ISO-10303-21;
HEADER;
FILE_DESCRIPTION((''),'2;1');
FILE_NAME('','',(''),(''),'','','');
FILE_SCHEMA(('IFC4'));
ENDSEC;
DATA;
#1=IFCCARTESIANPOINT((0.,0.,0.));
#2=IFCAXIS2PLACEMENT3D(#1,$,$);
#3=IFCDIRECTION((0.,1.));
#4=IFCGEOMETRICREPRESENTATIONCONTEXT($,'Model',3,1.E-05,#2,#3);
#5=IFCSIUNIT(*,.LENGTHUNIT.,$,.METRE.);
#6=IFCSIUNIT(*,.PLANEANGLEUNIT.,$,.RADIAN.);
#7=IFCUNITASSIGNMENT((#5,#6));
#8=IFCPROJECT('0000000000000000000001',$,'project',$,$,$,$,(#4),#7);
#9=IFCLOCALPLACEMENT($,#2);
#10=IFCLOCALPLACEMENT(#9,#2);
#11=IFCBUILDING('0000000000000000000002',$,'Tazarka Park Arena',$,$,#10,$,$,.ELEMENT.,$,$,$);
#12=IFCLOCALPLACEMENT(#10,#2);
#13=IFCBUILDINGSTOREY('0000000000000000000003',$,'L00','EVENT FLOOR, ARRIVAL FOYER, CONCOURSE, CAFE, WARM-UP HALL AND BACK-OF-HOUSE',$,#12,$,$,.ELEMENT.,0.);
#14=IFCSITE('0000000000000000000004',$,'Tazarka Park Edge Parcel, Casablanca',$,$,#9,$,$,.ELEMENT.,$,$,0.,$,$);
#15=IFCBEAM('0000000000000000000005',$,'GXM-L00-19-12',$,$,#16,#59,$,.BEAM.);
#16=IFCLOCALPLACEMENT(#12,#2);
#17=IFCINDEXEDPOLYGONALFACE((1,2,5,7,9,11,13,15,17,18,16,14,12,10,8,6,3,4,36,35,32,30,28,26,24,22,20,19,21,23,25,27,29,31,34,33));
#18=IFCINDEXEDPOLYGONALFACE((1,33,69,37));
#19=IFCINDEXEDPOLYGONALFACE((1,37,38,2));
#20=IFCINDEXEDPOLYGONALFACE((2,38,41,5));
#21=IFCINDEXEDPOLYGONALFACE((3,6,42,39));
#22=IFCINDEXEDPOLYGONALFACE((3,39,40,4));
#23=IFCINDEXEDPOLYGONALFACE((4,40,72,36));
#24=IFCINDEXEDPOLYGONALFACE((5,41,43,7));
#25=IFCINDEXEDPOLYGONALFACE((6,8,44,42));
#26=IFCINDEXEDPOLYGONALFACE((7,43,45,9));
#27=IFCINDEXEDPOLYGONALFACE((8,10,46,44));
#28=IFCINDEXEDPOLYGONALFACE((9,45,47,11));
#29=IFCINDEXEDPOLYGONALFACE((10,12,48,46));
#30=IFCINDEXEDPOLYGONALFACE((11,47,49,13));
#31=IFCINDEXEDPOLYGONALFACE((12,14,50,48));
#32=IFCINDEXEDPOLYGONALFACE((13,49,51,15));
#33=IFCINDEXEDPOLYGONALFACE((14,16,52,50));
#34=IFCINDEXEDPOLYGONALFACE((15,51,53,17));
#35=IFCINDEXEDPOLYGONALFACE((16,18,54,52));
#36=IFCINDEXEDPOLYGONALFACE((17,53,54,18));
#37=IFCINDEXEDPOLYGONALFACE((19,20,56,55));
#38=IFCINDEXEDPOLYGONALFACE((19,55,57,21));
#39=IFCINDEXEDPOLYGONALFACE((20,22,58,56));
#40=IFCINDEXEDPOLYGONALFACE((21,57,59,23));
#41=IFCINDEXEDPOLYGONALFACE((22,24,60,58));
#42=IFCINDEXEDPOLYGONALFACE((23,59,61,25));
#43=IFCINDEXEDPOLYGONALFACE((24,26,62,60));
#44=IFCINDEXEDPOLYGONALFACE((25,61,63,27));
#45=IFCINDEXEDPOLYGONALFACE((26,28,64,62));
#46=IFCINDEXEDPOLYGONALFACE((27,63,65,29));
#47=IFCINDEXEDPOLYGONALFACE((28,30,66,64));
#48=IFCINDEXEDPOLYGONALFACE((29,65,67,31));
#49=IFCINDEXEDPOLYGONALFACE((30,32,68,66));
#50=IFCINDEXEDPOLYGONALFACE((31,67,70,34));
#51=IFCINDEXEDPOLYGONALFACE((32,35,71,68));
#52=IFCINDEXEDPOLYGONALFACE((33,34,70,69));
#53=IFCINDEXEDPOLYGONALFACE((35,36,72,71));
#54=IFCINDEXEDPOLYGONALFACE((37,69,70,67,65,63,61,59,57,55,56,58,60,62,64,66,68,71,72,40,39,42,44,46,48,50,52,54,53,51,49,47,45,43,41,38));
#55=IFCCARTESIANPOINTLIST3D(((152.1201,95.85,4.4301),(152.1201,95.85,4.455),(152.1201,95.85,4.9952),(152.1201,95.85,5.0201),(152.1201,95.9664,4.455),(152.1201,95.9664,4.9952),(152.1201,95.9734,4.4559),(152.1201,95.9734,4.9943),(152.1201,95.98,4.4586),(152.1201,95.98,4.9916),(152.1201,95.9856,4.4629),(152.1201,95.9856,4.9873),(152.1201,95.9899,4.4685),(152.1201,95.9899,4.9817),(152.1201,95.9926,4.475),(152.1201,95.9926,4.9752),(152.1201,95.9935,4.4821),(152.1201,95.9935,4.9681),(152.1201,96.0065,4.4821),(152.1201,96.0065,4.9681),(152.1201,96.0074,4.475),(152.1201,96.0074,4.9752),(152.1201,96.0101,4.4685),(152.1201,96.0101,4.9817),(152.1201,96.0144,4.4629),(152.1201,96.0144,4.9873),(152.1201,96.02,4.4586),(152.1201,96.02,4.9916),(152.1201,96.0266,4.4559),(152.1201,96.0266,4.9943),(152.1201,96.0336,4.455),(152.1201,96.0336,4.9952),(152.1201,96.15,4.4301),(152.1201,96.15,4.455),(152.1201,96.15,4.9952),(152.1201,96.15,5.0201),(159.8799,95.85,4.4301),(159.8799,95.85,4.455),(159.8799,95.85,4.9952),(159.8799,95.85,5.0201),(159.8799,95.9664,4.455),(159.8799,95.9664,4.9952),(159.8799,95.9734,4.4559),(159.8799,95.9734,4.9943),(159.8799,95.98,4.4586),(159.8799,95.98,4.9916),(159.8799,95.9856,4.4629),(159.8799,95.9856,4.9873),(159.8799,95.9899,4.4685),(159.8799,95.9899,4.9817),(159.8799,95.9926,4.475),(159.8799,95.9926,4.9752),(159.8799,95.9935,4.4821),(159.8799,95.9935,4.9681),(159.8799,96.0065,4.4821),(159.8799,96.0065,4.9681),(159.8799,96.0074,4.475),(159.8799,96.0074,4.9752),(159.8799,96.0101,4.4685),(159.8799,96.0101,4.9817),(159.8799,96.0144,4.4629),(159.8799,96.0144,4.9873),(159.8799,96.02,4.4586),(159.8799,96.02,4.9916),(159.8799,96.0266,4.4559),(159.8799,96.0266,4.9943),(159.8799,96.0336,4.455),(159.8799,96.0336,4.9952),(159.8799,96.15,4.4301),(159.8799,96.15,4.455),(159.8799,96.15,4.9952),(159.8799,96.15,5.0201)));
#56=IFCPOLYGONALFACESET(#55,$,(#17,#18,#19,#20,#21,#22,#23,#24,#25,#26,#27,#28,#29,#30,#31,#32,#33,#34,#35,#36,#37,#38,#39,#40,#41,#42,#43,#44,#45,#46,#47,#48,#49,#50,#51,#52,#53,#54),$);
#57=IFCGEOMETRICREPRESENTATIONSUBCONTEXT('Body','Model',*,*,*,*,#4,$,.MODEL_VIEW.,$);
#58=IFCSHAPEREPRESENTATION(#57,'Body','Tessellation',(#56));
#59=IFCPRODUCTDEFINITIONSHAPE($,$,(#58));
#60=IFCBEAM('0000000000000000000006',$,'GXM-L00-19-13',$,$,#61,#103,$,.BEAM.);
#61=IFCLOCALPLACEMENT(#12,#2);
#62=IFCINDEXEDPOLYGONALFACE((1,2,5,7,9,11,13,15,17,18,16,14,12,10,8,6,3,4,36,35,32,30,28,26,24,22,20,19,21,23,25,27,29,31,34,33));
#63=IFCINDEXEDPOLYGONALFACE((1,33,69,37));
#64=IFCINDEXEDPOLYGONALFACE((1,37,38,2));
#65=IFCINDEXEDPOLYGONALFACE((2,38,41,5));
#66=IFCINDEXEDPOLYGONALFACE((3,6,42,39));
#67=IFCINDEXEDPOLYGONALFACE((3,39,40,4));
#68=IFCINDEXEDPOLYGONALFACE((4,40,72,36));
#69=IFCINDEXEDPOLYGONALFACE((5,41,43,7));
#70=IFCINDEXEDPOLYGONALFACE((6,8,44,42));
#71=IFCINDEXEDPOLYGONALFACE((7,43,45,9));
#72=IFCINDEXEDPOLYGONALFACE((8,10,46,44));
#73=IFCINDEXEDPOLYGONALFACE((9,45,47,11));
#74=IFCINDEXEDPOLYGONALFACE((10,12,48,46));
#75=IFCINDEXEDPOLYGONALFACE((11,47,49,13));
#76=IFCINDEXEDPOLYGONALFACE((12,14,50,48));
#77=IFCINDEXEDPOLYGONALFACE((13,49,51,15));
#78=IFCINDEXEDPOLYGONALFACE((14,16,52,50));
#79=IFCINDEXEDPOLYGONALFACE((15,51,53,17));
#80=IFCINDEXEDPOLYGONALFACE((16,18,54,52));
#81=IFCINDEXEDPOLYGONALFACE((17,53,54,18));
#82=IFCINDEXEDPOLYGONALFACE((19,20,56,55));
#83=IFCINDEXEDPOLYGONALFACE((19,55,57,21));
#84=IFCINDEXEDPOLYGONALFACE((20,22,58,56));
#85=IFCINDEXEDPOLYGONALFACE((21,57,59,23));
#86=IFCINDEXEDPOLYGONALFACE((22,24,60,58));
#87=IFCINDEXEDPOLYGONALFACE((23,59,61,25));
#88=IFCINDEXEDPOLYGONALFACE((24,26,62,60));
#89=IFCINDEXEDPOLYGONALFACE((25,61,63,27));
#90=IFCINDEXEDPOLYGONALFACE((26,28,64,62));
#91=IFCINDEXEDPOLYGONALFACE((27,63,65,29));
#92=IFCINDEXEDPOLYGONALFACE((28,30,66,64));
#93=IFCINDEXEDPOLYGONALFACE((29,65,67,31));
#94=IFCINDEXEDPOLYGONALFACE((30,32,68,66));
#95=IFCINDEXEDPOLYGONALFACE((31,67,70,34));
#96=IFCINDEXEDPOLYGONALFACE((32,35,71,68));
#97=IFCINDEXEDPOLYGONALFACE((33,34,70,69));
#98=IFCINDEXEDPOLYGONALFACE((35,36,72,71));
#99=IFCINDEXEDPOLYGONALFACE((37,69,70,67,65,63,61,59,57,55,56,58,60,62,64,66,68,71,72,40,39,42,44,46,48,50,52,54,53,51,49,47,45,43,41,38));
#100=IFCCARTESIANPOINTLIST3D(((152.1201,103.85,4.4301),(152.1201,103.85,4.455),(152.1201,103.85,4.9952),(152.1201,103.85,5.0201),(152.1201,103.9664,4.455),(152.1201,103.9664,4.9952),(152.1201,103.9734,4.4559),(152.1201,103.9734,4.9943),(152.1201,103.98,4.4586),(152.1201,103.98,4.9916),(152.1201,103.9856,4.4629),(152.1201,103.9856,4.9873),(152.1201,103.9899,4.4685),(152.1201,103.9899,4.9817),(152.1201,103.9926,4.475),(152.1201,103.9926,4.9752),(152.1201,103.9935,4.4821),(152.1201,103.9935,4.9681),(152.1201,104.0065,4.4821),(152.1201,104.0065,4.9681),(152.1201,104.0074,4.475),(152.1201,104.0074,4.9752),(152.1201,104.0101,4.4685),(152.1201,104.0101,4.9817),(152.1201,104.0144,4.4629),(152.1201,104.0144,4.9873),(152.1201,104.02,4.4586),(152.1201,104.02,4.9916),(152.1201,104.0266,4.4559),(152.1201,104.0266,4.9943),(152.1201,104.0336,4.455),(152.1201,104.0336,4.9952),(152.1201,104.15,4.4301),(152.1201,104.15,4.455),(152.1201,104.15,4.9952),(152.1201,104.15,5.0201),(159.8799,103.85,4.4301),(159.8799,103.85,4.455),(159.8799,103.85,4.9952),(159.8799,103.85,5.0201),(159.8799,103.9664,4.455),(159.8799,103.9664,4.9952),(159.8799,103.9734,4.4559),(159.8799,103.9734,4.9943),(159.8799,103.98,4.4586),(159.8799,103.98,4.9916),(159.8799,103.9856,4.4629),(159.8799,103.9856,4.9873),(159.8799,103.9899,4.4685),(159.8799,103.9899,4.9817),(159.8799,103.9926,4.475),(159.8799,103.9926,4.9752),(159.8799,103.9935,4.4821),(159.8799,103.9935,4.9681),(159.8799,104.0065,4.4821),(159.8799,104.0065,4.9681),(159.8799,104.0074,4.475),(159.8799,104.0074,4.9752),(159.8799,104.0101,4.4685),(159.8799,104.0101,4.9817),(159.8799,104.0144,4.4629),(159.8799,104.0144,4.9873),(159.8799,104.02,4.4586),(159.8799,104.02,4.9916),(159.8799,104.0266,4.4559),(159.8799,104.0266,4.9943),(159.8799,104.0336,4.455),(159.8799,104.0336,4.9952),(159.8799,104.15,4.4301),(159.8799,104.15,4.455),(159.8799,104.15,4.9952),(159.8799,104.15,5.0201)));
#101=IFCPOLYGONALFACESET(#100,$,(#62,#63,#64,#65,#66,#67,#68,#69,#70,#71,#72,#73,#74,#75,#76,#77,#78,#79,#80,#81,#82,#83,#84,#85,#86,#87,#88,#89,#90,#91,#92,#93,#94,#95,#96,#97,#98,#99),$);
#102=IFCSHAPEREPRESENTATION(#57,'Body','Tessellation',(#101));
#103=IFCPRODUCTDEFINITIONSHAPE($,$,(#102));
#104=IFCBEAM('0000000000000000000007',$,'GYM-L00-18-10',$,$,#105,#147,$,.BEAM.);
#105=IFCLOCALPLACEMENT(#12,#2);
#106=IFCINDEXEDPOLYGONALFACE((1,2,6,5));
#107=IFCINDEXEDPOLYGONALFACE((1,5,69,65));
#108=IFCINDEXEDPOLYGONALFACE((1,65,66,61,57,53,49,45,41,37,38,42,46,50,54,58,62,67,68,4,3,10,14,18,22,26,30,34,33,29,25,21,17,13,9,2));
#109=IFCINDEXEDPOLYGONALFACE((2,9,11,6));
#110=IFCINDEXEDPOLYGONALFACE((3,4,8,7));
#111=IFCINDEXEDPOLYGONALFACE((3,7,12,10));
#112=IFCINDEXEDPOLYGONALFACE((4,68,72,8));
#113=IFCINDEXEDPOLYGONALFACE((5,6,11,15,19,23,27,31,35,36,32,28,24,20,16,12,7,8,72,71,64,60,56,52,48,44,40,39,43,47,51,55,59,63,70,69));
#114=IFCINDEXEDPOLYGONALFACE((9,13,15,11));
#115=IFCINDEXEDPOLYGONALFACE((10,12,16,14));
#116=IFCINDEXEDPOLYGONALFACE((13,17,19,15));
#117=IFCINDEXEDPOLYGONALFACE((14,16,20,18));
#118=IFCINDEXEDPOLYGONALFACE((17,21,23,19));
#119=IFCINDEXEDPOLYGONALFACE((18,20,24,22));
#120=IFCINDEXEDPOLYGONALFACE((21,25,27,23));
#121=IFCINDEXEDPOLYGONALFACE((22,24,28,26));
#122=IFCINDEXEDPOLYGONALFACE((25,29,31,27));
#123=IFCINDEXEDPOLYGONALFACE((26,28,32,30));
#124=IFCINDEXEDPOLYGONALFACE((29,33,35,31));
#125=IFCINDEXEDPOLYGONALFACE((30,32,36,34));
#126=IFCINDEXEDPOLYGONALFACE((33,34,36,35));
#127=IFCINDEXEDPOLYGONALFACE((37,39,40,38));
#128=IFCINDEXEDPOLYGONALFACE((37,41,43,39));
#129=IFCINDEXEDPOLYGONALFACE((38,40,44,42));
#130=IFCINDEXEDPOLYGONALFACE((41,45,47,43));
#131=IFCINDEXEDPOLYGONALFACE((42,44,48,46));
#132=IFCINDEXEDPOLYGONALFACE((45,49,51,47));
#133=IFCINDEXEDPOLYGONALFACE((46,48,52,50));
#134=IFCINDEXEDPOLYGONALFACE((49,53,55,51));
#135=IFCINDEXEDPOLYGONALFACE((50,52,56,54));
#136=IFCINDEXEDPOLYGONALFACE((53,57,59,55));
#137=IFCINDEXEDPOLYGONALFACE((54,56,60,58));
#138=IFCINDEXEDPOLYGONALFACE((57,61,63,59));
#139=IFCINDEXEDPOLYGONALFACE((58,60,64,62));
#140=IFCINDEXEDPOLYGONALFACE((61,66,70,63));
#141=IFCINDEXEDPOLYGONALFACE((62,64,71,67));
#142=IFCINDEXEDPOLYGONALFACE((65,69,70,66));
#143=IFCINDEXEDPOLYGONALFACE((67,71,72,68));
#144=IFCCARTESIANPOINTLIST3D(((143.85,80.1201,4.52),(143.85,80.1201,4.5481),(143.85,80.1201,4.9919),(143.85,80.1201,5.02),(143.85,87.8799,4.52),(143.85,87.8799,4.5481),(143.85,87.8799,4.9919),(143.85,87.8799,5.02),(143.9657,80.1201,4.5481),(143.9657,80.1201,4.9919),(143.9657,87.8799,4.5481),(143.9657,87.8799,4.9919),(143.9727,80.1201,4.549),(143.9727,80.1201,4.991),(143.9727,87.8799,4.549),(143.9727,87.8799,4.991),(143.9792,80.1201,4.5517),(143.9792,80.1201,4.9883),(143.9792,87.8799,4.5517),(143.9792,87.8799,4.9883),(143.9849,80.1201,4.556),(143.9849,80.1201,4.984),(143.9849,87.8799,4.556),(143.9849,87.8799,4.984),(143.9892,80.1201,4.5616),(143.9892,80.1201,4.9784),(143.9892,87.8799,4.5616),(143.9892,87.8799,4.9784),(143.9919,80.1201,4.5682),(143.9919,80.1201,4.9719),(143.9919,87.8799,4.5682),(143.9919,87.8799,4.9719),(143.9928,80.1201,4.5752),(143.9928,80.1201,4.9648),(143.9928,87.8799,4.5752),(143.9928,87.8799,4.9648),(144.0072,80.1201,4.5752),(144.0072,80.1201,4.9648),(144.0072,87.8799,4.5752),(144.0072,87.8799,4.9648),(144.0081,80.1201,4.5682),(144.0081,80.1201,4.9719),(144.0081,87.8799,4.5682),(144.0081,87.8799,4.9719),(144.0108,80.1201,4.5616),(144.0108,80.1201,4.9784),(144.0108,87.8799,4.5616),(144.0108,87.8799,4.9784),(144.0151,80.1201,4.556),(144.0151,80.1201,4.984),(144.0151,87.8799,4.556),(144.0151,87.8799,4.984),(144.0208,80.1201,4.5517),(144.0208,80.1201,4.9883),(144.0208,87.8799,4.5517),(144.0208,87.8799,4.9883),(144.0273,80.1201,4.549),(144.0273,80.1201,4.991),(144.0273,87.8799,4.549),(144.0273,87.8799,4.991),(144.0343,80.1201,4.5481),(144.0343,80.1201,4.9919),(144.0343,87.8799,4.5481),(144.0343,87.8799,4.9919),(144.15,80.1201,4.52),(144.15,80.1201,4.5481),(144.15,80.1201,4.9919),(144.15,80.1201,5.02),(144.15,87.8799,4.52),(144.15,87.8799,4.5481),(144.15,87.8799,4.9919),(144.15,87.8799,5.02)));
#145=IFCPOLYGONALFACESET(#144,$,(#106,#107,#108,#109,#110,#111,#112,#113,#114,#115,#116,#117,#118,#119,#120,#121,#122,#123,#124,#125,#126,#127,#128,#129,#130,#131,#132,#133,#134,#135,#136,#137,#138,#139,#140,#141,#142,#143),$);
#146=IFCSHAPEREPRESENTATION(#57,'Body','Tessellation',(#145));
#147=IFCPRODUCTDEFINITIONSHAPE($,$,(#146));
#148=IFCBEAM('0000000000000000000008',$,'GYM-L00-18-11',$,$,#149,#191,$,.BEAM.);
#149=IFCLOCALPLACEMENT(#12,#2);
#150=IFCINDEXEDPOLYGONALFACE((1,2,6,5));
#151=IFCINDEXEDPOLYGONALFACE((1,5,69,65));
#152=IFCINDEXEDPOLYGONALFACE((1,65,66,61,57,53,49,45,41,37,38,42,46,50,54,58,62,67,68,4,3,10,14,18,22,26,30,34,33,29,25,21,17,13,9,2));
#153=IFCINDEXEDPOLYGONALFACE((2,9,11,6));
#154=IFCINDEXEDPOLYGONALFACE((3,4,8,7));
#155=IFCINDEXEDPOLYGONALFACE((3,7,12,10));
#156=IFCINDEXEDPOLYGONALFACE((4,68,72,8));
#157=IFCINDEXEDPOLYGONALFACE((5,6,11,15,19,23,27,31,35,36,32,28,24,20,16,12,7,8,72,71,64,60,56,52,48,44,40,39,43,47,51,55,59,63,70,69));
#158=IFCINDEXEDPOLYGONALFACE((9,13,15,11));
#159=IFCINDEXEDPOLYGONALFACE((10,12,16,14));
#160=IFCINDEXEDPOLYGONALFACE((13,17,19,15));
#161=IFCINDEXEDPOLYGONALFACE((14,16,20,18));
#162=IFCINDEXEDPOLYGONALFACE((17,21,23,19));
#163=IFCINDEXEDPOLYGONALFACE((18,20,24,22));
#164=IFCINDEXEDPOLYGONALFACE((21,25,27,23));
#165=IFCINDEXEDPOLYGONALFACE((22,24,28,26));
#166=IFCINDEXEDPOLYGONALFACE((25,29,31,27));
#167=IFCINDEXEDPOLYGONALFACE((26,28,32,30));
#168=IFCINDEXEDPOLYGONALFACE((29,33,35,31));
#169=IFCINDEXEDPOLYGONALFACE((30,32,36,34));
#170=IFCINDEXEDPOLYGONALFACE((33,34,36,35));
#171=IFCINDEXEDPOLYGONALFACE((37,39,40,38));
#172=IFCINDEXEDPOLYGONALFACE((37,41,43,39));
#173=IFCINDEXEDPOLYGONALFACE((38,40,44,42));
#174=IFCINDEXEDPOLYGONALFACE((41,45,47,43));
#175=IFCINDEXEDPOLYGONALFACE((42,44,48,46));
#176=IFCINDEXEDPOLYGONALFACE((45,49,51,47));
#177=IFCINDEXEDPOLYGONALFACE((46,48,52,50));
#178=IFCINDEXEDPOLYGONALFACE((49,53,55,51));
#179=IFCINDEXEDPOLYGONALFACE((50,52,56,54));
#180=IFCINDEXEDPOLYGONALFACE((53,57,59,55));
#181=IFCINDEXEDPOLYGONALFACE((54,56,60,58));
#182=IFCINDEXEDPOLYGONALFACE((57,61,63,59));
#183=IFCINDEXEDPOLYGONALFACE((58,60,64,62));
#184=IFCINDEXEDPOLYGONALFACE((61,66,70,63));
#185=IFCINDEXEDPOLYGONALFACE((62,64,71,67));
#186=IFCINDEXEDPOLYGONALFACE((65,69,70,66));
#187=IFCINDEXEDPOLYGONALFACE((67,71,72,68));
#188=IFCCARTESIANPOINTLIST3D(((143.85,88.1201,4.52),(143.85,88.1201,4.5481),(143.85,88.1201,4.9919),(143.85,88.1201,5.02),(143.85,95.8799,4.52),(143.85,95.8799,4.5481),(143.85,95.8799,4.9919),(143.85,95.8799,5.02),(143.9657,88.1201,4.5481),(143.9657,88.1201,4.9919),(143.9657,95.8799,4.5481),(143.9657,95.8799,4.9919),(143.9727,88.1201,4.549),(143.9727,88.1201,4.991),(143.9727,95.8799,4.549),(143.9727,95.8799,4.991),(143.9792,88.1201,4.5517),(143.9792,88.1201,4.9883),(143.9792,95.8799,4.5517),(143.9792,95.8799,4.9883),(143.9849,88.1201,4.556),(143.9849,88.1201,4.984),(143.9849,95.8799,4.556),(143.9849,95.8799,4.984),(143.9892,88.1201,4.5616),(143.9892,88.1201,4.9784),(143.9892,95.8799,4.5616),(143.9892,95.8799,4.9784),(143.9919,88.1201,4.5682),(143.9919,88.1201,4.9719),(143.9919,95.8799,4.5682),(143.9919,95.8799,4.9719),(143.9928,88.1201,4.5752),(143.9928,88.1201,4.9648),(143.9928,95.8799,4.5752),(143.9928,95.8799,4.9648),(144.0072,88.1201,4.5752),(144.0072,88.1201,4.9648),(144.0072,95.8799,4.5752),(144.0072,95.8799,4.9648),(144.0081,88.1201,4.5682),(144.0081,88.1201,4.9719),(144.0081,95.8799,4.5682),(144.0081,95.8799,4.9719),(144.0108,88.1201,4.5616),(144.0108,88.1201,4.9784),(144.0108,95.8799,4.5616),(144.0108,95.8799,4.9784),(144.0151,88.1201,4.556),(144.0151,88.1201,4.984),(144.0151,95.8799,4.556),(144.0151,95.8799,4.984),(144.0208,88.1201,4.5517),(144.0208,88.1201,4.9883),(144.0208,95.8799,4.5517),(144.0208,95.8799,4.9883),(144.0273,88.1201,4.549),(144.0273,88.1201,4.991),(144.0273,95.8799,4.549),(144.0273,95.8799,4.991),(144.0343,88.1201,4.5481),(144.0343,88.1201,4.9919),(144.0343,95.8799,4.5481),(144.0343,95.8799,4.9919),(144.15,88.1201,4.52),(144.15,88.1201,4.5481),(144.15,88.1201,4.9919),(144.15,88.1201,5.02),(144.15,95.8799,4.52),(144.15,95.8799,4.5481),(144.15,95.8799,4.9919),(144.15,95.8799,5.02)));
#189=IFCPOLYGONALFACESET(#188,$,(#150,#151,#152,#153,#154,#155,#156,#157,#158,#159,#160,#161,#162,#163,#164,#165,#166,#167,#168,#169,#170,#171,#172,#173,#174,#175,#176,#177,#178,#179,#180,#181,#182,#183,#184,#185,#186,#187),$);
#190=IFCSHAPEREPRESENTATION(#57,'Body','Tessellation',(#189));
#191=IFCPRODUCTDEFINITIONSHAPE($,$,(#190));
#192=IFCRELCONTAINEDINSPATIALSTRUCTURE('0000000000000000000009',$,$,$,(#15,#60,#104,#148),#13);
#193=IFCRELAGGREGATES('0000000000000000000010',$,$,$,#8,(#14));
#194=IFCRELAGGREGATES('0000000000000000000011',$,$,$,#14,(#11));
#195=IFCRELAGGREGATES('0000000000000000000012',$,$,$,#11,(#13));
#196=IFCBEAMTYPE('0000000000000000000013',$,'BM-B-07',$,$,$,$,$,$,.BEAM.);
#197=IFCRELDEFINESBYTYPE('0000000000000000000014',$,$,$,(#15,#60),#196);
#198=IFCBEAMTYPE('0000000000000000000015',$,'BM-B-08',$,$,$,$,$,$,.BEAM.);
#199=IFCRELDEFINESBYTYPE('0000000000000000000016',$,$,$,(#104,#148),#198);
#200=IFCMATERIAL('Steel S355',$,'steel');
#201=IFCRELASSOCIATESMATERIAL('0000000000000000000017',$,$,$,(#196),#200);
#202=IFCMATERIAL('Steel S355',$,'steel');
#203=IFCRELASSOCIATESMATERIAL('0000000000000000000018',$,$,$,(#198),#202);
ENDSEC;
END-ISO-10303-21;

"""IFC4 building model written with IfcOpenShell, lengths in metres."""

from ifc_helpers import new_model, si_unit, direction, frame, origin, origin_2d, place, context, subcontext, project, spatial, i_section, extrude, material, material_profile, profile_set, type_object, element, save


model = new_model("IFC4")

# Units and contexts
model_context = context("Model", 3, precision=1e-05, world=origin(), true_north=direction((0.0, 1.0)))
body_context = subcontext(model_context, "Body", "Model", "MODEL_VIEW")
ifc_project = project(units=[si_unit("LENGTHUNIT", "METRE"), si_unit("PLANEANGLEUNIT", "RADIAN")], contexts=[model_context])

# Site, building, storey
site_placement = place(None, origin())
site = spatial("IfcSite", under=ifc_project, at=site_placement, Name="Tazarka Park Edge Parcel, Casablanca", CompositionType="ELEMENT", RefElevation=0.0)
building_placement = place(site_placement, origin())
building = spatial("IfcBuilding", under=site, at=building_placement, Name="Tazarka Park Arena", CompositionType="ELEMENT")
storey_placement = place(building_placement, origin())
storey = spatial("IfcBuildingStorey", under=building, at=storey_placement, Name="L00", Description="EVENT FLOOR, ARRIVAL FOYER, CONCOURSE, CAFE, WARM-UP HALL AND BACK-OF-HOUSE", CompositionType="ELEMENT", Elevation=0.0)

# Beams
ifc_material_1 = material(Name="Steel S355", Category="steel")
ifc_material_profile_1 = material_profile(ifc_material_1, i_section(OverallWidth=0.3, OverallDepth=0.5901, WebThickness=0.0129, FlangeThickness=0.0249, FilletRadius=0.0271, at=origin_2d()), Name="Steel S355")
ifc_profile_set_1 = profile_set([ifc_material_profile_1], Name="Steel S355")
beam_type_1 = type_object("IfcBeamType", Name="BM-B-07", PredefinedType="BEAM", material=ifc_profile_set_1)
for number, where, z_axis, x_axis, name in (
    (1, (152.1201, 96.0, 4.7251), (1.0, 0.0, 0.0), (0.0, 1.0, 0.0), "GXM-L00-19-12"),
    (2, (152.1201, 104.0, 4.7251), (1.0, 0.0, 0.0), (0.0, 1.0, 0.0), "GXM-L00-19-13"),
):
    element("IfcBeam", number, at=place(storey_placement, frame(where, z_axis=z_axis, x_axis=x_axis)), inside=storey, type_object=beam_type_1, Name=name, PredefinedType="BEAM", context=body_context, shape_type="SweptSolid", body=[
        extrude(i_section(OverallWidth=0.3, OverallDepth=0.5901, WebThickness=0.0129, FlangeThickness=0.0249, FilletRadius=0.0271, at=origin_2d()), origin(), (0.0, 0.0, 1.0), 7.7598),
    ])
ifc_material_2 = material(Name="Steel S355", Category="steel")
ifc_material_profile_2 = material_profile(ifc_material_2, i_section(OverallWidth=0.3, OverallDepth=0.5, WebThickness=0.0144, FlangeThickness=0.0281, FilletRadius=0.0271, at=origin_2d()), Name="Steel S355")
ifc_profile_set_2 = profile_set([ifc_material_profile_2], Name="Steel S355")
beam_type_2 = type_object("IfcBeamType", Name="BM-B-08", PredefinedType="BEAM", material=ifc_profile_set_2)
for number, where, z_axis, x_axis, name in (
    (3, (144.0, 80.1201, 4.77), (0.0, 1.0, 0.0), (-1.0, 0.0, 0.0), "GYM-L00-18-10"),
    (4, (144.0, 88.1201, 4.77), (0.0, 1.0, 0.0), (-1.0, 0.0, 0.0), "GYM-L00-18-11"),
):
    element("IfcBeam", number, at=place(storey_placement, frame(where, z_axis=z_axis, x_axis=x_axis)), inside=storey, type_object=beam_type_2, Name=name, PredefinedType="BEAM", context=body_context, shape_type="SweptSolid", body=[
        extrude(i_section(OverallWidth=0.3, OverallDepth=0.5, WebThickness=0.0144, FlangeThickness=0.0281, FilletRadius=0.0271, at=origin_2d()), origin(), (0.0, 0.0, 1.0), 7.7598),
    ])

save(model, "model.ifc")
